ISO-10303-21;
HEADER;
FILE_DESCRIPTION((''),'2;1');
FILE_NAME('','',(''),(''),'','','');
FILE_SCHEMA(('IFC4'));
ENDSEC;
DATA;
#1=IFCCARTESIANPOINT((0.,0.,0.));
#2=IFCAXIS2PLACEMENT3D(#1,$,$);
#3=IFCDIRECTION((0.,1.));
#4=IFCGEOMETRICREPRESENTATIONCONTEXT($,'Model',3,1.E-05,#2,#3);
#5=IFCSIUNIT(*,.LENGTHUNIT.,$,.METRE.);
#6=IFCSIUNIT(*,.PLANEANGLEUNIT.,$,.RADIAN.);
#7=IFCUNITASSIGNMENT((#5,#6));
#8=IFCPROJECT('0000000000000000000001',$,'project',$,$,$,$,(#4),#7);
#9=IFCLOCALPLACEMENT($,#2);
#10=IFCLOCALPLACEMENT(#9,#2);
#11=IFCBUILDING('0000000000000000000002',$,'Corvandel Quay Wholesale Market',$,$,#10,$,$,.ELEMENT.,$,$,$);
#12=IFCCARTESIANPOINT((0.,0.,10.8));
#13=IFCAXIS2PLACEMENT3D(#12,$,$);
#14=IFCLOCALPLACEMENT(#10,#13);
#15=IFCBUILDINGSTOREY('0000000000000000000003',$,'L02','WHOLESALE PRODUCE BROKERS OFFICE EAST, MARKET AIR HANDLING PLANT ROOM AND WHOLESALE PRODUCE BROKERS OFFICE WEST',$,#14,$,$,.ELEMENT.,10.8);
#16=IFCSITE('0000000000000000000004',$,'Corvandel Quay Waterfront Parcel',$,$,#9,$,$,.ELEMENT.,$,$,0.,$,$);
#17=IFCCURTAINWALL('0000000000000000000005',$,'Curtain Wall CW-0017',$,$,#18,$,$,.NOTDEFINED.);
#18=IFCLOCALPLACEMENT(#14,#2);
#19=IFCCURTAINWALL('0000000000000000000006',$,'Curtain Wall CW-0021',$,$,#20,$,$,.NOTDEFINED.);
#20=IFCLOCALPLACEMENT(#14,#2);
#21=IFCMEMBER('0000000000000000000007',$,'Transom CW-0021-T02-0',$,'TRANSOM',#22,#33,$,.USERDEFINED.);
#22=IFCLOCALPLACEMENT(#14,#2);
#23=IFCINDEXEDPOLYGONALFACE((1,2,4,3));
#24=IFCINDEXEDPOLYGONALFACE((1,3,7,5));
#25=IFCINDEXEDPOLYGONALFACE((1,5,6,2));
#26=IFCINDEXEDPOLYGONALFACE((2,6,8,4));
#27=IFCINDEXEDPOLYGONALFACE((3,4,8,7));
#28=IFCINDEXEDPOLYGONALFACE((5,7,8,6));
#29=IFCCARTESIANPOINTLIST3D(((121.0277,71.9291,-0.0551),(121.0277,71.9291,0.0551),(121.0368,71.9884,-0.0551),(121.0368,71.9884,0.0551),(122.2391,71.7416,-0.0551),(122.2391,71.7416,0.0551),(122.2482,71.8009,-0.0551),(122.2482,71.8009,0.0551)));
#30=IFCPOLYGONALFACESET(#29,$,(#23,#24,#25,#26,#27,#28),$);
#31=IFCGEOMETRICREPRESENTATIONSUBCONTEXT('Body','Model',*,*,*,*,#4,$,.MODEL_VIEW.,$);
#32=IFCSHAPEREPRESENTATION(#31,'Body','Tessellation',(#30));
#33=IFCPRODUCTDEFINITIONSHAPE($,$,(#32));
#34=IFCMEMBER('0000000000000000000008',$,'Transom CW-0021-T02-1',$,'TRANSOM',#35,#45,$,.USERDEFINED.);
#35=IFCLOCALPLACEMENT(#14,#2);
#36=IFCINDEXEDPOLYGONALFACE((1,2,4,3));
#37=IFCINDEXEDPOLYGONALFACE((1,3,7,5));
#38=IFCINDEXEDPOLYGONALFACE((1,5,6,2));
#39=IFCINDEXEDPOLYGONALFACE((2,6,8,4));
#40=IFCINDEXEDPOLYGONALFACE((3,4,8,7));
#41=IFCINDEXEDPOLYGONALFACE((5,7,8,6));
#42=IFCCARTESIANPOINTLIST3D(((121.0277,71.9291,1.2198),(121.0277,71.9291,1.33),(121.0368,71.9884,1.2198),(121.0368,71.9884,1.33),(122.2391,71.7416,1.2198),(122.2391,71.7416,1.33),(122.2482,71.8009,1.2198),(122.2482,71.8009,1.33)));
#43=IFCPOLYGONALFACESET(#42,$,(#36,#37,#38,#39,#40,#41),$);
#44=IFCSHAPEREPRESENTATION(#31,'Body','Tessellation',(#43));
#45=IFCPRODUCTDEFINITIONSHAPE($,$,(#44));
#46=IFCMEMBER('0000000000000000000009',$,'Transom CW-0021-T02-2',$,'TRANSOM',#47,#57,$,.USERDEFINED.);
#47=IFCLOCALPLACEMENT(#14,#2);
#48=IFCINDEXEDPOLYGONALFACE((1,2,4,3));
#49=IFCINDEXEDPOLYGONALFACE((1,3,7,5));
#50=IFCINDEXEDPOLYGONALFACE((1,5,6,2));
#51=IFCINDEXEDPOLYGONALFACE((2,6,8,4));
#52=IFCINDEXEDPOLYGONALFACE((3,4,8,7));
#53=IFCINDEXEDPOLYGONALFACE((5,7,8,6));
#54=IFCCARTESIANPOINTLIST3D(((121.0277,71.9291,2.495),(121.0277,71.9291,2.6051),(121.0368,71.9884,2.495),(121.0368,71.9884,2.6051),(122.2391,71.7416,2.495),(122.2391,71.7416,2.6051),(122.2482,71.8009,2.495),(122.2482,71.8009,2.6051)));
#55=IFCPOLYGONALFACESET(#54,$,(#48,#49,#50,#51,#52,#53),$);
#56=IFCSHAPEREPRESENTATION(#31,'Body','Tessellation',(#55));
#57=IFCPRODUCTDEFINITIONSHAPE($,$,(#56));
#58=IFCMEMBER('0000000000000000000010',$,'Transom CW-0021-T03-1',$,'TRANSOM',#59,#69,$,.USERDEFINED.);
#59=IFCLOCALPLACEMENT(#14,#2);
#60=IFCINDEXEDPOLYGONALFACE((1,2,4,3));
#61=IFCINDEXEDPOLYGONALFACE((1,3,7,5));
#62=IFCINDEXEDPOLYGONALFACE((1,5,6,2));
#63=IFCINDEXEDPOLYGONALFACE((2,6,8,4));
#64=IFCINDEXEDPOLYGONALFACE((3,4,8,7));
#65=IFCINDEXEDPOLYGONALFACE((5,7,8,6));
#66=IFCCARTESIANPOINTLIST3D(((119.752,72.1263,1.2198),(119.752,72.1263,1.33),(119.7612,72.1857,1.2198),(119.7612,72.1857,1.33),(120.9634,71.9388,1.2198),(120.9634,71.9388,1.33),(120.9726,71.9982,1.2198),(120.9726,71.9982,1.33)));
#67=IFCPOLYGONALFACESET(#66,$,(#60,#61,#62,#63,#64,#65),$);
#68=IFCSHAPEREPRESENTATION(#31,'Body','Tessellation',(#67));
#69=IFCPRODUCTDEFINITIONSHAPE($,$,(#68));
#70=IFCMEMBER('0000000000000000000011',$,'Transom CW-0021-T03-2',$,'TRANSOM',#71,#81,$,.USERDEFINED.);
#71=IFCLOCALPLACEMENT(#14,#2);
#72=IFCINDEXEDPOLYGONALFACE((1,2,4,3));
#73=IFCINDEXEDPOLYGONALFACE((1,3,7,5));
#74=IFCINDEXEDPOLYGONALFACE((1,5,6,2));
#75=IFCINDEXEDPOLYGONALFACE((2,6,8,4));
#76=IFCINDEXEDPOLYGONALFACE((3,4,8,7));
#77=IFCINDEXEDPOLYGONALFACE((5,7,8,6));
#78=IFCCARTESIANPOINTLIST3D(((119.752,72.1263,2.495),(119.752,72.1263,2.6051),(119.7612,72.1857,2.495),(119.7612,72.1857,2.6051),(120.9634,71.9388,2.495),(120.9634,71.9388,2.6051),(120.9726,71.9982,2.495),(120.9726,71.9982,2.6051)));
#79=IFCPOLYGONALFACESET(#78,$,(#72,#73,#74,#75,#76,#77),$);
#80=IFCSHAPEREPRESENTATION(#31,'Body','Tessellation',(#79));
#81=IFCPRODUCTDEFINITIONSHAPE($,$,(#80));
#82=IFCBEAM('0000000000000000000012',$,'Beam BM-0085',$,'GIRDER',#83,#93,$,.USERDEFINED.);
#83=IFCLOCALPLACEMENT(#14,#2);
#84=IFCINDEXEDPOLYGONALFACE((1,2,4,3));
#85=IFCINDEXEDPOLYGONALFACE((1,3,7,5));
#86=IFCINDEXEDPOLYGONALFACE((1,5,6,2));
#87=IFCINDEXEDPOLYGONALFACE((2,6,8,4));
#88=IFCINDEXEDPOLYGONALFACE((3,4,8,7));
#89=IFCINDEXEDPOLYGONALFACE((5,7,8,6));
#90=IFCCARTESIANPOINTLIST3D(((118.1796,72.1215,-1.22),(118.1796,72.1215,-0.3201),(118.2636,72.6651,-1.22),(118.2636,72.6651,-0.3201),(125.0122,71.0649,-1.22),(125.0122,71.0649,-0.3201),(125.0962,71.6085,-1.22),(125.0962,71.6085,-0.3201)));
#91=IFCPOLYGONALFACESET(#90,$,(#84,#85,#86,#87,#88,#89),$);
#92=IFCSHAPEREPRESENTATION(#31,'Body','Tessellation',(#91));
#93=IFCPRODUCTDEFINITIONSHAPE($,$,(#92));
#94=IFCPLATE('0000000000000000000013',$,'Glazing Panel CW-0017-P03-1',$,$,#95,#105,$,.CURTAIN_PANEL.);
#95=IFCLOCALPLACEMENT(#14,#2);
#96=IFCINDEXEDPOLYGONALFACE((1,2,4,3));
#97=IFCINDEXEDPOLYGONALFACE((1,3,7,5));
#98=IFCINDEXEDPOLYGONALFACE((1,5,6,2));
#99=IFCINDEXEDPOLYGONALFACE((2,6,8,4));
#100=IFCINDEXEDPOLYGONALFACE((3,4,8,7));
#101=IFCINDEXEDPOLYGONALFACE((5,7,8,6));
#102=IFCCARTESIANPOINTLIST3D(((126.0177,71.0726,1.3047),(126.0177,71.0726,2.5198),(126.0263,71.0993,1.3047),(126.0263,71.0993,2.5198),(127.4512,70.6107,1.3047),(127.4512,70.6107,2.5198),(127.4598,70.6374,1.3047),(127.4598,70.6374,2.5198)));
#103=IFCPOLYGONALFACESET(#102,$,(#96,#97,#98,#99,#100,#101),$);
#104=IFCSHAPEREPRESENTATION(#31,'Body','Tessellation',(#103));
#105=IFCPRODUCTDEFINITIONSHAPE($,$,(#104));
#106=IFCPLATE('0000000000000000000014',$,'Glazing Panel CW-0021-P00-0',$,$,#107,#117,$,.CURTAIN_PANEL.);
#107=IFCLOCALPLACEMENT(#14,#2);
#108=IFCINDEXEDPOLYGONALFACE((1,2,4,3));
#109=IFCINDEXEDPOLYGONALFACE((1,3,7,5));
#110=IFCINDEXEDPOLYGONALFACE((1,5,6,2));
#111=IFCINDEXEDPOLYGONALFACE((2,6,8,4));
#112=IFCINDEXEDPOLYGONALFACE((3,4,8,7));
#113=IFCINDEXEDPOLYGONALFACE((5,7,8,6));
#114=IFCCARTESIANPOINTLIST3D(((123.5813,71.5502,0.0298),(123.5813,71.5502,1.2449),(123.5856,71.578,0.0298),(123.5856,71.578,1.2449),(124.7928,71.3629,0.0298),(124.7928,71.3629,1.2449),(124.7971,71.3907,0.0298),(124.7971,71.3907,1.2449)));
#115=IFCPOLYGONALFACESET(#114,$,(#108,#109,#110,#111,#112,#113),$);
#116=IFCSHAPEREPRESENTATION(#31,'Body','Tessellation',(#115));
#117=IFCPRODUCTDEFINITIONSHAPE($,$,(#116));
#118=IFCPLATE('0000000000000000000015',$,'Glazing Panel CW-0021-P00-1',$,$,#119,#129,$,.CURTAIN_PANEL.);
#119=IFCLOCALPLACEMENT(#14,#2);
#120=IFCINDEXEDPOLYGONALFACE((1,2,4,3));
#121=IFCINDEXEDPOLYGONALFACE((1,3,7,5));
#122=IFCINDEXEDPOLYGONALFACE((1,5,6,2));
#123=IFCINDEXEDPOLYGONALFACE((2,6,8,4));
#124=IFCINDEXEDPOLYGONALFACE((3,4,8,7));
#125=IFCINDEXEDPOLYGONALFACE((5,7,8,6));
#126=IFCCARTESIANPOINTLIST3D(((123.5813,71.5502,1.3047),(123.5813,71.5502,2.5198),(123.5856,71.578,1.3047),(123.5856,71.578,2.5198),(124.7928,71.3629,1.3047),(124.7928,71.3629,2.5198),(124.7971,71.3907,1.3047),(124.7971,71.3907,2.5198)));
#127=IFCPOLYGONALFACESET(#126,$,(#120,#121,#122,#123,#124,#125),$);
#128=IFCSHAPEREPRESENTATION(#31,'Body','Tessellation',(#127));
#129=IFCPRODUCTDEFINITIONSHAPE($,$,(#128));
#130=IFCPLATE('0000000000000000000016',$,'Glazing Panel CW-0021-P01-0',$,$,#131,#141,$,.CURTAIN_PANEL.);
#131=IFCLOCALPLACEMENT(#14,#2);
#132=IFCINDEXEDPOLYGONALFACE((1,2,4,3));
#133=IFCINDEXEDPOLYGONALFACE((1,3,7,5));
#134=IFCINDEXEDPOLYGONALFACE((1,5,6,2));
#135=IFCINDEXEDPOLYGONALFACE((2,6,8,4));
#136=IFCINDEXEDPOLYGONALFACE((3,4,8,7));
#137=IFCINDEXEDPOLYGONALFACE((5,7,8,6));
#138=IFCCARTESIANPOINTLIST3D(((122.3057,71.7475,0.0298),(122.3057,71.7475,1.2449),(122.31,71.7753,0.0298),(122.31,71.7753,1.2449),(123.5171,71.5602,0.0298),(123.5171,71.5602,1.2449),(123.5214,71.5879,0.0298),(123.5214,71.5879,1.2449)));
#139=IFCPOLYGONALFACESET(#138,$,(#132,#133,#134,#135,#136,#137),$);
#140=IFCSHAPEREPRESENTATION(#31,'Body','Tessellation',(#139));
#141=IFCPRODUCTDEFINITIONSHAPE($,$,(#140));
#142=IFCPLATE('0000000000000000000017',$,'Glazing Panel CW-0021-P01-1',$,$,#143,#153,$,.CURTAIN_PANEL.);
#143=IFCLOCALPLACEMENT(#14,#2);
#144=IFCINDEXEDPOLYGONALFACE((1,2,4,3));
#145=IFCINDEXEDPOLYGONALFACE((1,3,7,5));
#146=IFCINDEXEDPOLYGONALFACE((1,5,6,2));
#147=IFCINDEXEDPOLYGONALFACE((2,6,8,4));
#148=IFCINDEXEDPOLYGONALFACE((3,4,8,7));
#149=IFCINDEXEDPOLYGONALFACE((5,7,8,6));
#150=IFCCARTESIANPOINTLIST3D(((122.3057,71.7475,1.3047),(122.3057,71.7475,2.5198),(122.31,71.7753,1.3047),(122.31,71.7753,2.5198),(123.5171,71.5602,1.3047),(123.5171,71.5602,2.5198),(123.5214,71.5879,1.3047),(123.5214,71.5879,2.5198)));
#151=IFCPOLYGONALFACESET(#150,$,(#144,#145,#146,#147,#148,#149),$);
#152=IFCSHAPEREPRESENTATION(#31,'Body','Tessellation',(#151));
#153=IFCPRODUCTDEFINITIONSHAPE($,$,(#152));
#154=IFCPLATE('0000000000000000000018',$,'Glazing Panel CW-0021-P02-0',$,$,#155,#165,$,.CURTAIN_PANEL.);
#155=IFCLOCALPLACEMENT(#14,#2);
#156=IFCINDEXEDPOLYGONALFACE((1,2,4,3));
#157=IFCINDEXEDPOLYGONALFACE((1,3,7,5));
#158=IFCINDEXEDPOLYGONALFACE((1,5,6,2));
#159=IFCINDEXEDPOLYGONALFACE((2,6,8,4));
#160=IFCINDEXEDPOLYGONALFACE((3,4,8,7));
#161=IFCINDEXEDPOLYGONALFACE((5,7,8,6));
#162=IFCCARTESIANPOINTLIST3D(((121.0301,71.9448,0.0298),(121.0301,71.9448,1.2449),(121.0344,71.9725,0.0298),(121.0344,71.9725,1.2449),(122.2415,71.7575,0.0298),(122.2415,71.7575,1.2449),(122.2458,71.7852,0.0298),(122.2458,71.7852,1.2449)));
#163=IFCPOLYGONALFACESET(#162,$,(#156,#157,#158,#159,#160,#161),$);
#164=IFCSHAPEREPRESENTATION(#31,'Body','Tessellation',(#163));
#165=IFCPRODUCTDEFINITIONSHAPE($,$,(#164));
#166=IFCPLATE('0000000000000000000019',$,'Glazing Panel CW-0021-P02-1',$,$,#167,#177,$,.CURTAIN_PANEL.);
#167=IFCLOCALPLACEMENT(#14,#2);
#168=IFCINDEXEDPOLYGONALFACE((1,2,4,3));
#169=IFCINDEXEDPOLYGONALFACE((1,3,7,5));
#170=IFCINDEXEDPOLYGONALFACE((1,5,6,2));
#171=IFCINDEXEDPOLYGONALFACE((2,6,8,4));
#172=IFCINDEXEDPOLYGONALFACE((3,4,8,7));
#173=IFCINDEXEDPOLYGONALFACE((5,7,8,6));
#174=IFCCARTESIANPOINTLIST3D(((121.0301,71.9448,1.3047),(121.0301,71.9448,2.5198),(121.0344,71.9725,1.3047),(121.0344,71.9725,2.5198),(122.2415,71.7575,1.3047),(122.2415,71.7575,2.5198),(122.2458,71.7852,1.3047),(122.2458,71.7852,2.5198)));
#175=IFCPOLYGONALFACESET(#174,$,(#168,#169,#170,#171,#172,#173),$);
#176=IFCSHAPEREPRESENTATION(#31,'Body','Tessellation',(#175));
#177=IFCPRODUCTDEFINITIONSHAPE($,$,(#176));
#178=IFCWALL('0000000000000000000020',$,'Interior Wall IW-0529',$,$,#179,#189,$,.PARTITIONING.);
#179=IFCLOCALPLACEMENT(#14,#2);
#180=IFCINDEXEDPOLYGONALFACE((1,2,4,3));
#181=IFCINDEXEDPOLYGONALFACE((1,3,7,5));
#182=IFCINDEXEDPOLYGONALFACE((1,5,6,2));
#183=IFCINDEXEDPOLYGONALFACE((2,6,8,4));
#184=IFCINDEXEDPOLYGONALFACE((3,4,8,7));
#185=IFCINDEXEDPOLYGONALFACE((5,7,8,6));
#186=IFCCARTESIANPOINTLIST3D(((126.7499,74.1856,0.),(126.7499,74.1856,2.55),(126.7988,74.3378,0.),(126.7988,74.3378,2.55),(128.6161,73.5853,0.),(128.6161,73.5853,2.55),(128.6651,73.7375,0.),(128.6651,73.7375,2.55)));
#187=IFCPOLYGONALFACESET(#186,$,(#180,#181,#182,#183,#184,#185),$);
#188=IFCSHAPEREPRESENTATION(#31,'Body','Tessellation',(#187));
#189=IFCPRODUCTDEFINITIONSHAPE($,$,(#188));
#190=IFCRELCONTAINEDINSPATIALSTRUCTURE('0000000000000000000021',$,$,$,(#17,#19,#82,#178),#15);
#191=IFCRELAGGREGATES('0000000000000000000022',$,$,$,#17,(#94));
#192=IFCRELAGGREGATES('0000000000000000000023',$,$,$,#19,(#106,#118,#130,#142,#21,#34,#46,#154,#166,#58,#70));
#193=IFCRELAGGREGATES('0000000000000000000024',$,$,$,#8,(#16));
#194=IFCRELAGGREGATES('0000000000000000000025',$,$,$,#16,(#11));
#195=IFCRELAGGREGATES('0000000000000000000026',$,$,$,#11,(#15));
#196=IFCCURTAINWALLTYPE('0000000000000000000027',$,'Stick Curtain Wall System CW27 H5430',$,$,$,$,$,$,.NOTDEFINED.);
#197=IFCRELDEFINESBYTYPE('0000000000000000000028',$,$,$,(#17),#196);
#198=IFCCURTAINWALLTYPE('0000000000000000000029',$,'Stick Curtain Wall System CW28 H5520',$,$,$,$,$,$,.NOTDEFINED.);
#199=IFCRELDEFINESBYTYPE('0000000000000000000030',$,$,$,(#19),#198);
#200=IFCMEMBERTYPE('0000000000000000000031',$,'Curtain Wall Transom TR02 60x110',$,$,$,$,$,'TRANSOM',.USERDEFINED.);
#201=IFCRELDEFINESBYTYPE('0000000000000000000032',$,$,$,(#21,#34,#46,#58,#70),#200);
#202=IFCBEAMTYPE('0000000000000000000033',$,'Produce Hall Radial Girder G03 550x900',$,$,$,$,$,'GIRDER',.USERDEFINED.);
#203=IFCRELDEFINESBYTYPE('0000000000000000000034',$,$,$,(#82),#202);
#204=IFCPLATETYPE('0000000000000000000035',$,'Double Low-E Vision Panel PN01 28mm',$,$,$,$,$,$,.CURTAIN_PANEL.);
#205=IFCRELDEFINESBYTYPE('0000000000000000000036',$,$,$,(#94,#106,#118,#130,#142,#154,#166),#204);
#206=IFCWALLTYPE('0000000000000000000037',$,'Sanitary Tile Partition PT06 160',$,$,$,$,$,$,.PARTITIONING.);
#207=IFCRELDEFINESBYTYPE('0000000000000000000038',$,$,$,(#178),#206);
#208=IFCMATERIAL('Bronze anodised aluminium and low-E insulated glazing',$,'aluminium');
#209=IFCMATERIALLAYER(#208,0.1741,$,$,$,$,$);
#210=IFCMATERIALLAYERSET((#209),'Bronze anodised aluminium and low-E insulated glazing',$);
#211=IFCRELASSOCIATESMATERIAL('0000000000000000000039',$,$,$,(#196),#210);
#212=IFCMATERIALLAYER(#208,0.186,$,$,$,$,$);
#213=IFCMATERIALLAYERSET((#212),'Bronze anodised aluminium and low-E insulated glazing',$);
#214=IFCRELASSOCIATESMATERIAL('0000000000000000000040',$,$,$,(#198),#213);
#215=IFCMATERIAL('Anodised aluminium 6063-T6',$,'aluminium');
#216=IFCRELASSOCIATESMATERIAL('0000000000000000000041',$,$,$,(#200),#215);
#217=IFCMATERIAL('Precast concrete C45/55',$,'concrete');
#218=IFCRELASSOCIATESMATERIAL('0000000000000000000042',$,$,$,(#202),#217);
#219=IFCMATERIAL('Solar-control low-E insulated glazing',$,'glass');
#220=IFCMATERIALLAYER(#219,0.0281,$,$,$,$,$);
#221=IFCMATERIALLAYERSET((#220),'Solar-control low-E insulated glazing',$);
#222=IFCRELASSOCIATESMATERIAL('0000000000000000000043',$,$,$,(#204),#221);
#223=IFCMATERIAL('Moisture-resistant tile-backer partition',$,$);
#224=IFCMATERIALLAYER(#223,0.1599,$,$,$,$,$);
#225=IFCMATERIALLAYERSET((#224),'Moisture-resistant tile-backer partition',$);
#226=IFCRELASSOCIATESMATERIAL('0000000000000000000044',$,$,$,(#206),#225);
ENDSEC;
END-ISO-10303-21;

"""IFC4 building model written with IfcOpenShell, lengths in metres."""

from ifc_helpers import new_model, si_unit, direction, frame, frame_2d, origin, origin_2d, place, context, subcontext, project, spatial, rectangle, extrude, material, layer, layer_set, material_profile, profile_set, type_object, element, aggregate, save


model = new_model("IFC4")

# Units and contexts
model_context = context("Model", 3, precision=1e-05, world=origin(), true_north=direction((0.0, 1.0)))
body_context = subcontext(model_context, "Body", "Model", "MODEL_VIEW")
ifc_project = project(units=[si_unit("LENGTHUNIT", "METRE"), si_unit("PLANEANGLEUNIT", "RADIAN")], contexts=[model_context])

# Site, building, storey
site_placement = place(None, origin())
site = spatial("IfcSite", under=ifc_project, at=site_placement, Name="Corvandel Quay Waterfront Parcel", CompositionType="ELEMENT", RefElevation=0.0)
building_placement = place(site_placement, origin())
building = spatial("IfcBuilding", under=site, at=building_placement, Name="Corvandel Quay Wholesale Market", CompositionType="ELEMENT")
storey_placement = place(building_placement, frame((0.0, 0.0, 10.8)))
storey = spatial("IfcBuildingStorey", under=building, at=storey_placement, Name="L02", Description="WHOLESALE PRODUCE BROKERS OFFICE EAST, MARKET AIR HANDLING PLANT ROOM AND WHOLESALE PRODUCE BROKERS OFFICE WEST", CompositionType="ELEMENT", Elevation=10.8)

# Shared definitions
ifc_material_1 = material(Name="Precast concrete C45/55", Category="concrete")

# Curtain wall
ifc_material_2 = material(Name="Bronze anodised aluminium and low-E insulated glazing", Category="aluminium")
ifc_layer_1 = layer(ifc_material_2, 0.1741)
ifc_layer_set_1 = layer_set([ifc_layer_1], Name="Bronze anodised aluminium and low-E insulated glazing")
curtain_wall_type_1 = type_object("IfcCurtainWallType", Name="Stick Curtain Wall System CW27 H5430", PredefinedType="NOTDEFINED", material=ifc_layer_set_1)
curtain_wall_1_placement = place(storey_placement, origin())
curtain_wall_1 = element("IfcCurtainWall", 1, at=curtain_wall_1_placement, inside=storey, type_object=curtain_wall_type_1, Name="Curtain Wall CW-0017", PredefinedType="NOTDEFINED")
ifc_material_3 = material(Name="Anodised aluminium 6063-T6", Category="aluminium")

# Curtain wall, members
ifc_layer_2 = layer(ifc_material_2, 0.186)
ifc_layer_set_2 = layer_set([ifc_layer_2], Name="Bronze anodised aluminium and low-E insulated glazing")
curtain_wall_type_2 = type_object("IfcCurtainWallType", Name="Stick Curtain Wall System CW28 H5520", PredefinedType="NOTDEFINED", material=ifc_layer_set_2)
curtain_wall_2_placement = place(storey_placement, origin())
curtain_wall_2 = element("IfcCurtainWall", 2, at=curtain_wall_2_placement, inside=storey, type_object=curtain_wall_type_2, Name="Curtain Wall CW-0021", PredefinedType="NOTDEFINED")
ifc_material_profile_1 = material_profile(ifc_material_3, rectangle(XDim=0.0601, YDim=0.1101, at=origin_2d()), Name="ALU-TRN-60x110")
ifc_profile_set_1 = profile_set([ifc_material_profile_1], Name="Anodised aluminium 6063-T6")
member_type_1 = type_object("IfcMemberType", Name="Curtain Wall Transom TR02 60x110", ElementType="TRANSOM", PredefinedType="USERDEFINED", material=ifc_profile_set_1)
member_1_placement = place(storey_placement, frame((122.2437, 71.7712, 0.0), z_axis=(-0.988233, 0.152955, 0.0), x_axis=(-0.152955, -0.988233, 0.0)))
member_1 = element("IfcMember", 3, at=member_1_placement, type_object=member_type_1, Name="Transom CW-0021-T02-0", ObjectType="TRANSOM", PredefinedType="USERDEFINED", context=body_context, shape_type="SweptSolid", body=[
    extrude(rectangle(XDim=0.0601, YDim=0.1101, at=origin_2d()), origin(), (0.0, 0.0, 1.0), 1.2258),
])
member_2_placement = place(storey_placement, frame((122.2437, 71.7712, 1.2749), z_axis=(-0.988233, 0.152955, 0.0), x_axis=(-0.152955, -0.988233, 0.0)))
member_2 = element("IfcMember", 4, at=member_2_placement, type_object=member_type_1, Name="Transom CW-0021-T02-1", ObjectType="TRANSOM", PredefinedType="USERDEFINED", context=body_context, shape_type="SweptSolid", body=[
    extrude(rectangle(XDim=0.0601, YDim=0.1101, at=origin_2d()), origin(), (0.0, 0.0, 1.0), 1.2258),
])
member_3_placement = place(storey_placement, frame((122.2437, 71.7712, 2.55), z_axis=(-0.988233, 0.152955, 0.0), x_axis=(-0.152955, -0.988233, 0.0)))
member_3 = element("IfcMember", 5, at=member_3_placement, type_object=member_type_1, Name="Transom CW-0021-T02-2", ObjectType="TRANSOM", PredefinedType="USERDEFINED", context=body_context, shape_type="SweptSolid", body=[
    extrude(rectangle(XDim=0.0601, YDim=0.1101, at=origin_2d()), origin(), (0.0, 0.0, 1.0), 1.2258),
])
member_4_placement = place(storey_placement, frame((120.968, 71.9685, 1.2749), z_axis=(-0.988233, 0.152955, 0.0), x_axis=(-0.152955, -0.988233, 0.0)))
member_4 = element("IfcMember", 6, at=member_4_placement, type_object=member_type_1, Name="Transom CW-0021-T03-1", ObjectType="TRANSOM", PredefinedType="USERDEFINED", context=body_context, shape_type="SweptSolid", body=[
    extrude(rectangle(XDim=0.0601, YDim=0.1101, at=origin_2d()), origin(), (0.0, 0.0, 1.0), 1.2258),
])
member_5_placement = place(storey_placement, frame((120.968, 71.9685, 2.55), z_axis=(-0.988233, 0.152955, 0.0), x_axis=(-0.152955, -0.988233, 0.0)))
member_5 = element("IfcMember", 7, at=member_5_placement, type_object=member_type_1, Name="Transom CW-0021-T03-2", ObjectType="TRANSOM", PredefinedType="USERDEFINED", context=body_context, shape_type="SweptSolid", body=[
    extrude(rectangle(XDim=0.0601, YDim=0.1101, at=origin_2d()), origin(), (0.0, 0.0, 1.0), 1.2258),
])

# Beam
ifc_material_profile_2 = material_profile(ifc_material_1, rectangle(XDim=0.55, YDim=0.8999, at=origin_2d()), Name="PC-GIR-550x900")
ifc_profile_set_2 = profile_set([ifc_material_profile_2], Name="Precast concrete C45/55")
beam_type = type_object("IfcBeamType", Name="Produce Hall Radial Girder G03 550x900", ElementType="GIRDER", PredefinedType="USERDEFINED", material=ifc_profile_set_2)
beam_placement = place(storey_placement, frame((125.0542, 71.3367, -0.77), z_axis=(-0.988252, 0.152832, 0.0), x_axis=(-0.152832, -0.988252, 0.0)))
element("IfcBeam", 8, at=beam_placement, inside=storey, type_object=beam_type, Name="Beam BM-0085", ObjectType="GIRDER", PredefinedType="USERDEFINED", context=body_context, shape_type="SweptSolid", body=[
    extrude(rectangle(XDim=0.55, YDim=0.8999, at=origin_2d()), origin(), (0.0, 0.0, 1.0), 6.9138),
])

# Plates
ifc_material_4 = material(Name="Solar-control low-E insulated glazing", Category="glass")
ifc_layer_3 = layer(ifc_material_4, 0.0281)
ifc_layer_set_3 = layer_set([ifc_layer_3], Name="Solar-control low-E insulated glazing")
plate_type = type_object("IfcPlateType", Name="Double Low-E Vision Panel PN01 28mm", PredefinedType="CURTAIN_PANEL", material=ifc_layer_set_3)
plate_1_placement = place(storey_placement, frame((126.7388, 70.855, 1.3047), z_axis=(0.0, 0.0, 1.0), x_axis=(-0.951809, 0.306692, 0.0)))
plate_1 = element("IfcPlate", 9, at=plate_1_placement, type_object=plate_type, Name="Glazing Panel CW-0017-P03-1", PredefinedType="CURTAIN_PANEL", context=body_context, shape_type="SweptSolid", body=[
    extrude(rectangle(XDim=1.5061, YDim=0.0281, at=origin_2d()), origin(), (0.0, 0.0, 1.0), 1.2151),
])
aggregate(curtain_wall_1, [plate_1])
plate_2_placement = place(storey_placement, frame((124.1892, 71.4705, 0.0298), z_axis=(0.0, 0.0, 1.0), x_axis=(-0.988255, 0.152813, 0.0)))
plate_2 = element("IfcPlate", 10, at=plate_2_placement, type_object=plate_type, Name="Glazing Panel CW-0021-P00-0", PredefinedType="CURTAIN_PANEL", context=body_context, shape_type="SweptSolid", body=[
    extrude(rectangle(XDim=1.2258, YDim=0.0281, at=origin_2d()), origin(), (0.0, 0.0, 1.0), 1.2151),
])
plate_3_placement = place(storey_placement, frame((124.1892, 71.4705, 1.3047), z_axis=(0.0, 0.0, 1.0), x_axis=(-0.988255, 0.152813, 0.0)))
plate_3 = element("IfcPlate", 11, at=plate_3_placement, type_object=plate_type, Name="Glazing Panel CW-0021-P00-1", PredefinedType="CURTAIN_PANEL", context=body_context, shape_type="SweptSolid", body=[
    extrude(rectangle(XDim=1.2258, YDim=0.0281, at=origin_2d()), origin(), (0.0, 0.0, 1.0), 1.2151),
])
plate_4_placement = place(storey_placement, frame((122.9136, 71.6677, 0.0298), z_axis=(0.0, 0.0, 1.0), x_axis=(-0.988255, 0.152813, 0.0)))
plate_4 = element("IfcPlate", 12, at=plate_4_placement, type_object=plate_type, Name="Glazing Panel CW-0021-P01-0", PredefinedType="CURTAIN_PANEL", context=body_context, shape_type="SweptSolid", body=[
    extrude(rectangle(XDim=1.2258, YDim=0.0281, at=origin_2d()), origin(), (0.0, 0.0, 1.0), 1.2151),
])
plate_5_placement = place(storey_placement, frame((122.9136, 71.6677, 1.3047), z_axis=(0.0, 0.0, 1.0), x_axis=(-0.988255, 0.152813, 0.0)))
plate_5 = element("IfcPlate", 13, at=plate_5_placement, type_object=plate_type, Name="Glazing Panel CW-0021-P01-1", PredefinedType="CURTAIN_PANEL", context=body_context, shape_type="SweptSolid", body=[
    extrude(rectangle(XDim=1.2258, YDim=0.0281, at=origin_2d()), origin(), (0.0, 0.0, 1.0), 1.2151),
])
plate_6_placement = place(storey_placement, frame((121.6379, 71.865, 0.0298), z_axis=(0.0, 0.0, 1.0), x_axis=(-0.988255, 0.152813, 0.0)))
plate_6 = element("IfcPlate", 14, at=plate_6_placement, type_object=plate_type, Name="Glazing Panel CW-0021-P02-0", PredefinedType="CURTAIN_PANEL", context=body_context, shape_type="SweptSolid", body=[
    extrude(rectangle(XDim=1.2258, YDim=0.0281, at=origin_2d()), origin(), (0.0, 0.0, 1.0), 1.2151),
])
plate_7_placement = place(storey_placement, frame((121.6379, 71.865, 1.3047), z_axis=(0.0, 0.0, 1.0), x_axis=(-0.988255, 0.152813, 0.0)))
plate_7 = element("IfcPlate", 15, at=plate_7_placement, type_object=plate_type, Name="Glazing Panel CW-0021-P02-1", PredefinedType="CURTAIN_PANEL", context=body_context, shape_type="SweptSolid", body=[
    extrude(rectangle(XDim=1.2258, YDim=0.0281, at=origin_2d()), origin(), (0.0, 0.0, 1.0), 1.2151),
])
aggregate(curtain_wall_2, [plate_2, plate_3, plate_4, plate_5, member_1, member_2, member_3, plate_6, plate_7, member_4, member_5])

# Wall
ifc_material_5 = material(Name="Moisture-resistant tile-backer partition")
ifc_layer_4 = layer(ifc_material_5, 0.1599)
ifc_layer_set_4 = layer_set([ifc_layer_4], Name="Moisture-resistant tile-backer partition")
wall_type_1 = type_object("IfcWallType", Name="Sanitary Tile Partition PT06 160", PredefinedType="PARTITIONING", material=ifc_layer_set_4)
wall_1_placement = place(storey_placement, frame((128.6406, 73.6614, 0.0), z_axis=(0.0, 0.0, 1.0), x_axis=(-0.951956, 0.306235, 0.0)))
element("IfcWall", 16, at=wall_1_placement, inside=storey, type_object=wall_type_1, Name="Interior Wall IW-0529", PredefinedType="PARTITIONING", context=body_context, shape_type="SweptSolid", body=[
    extrude(rectangle(XDim=1.9604, YDim=0.1599, at=frame_2d((0.9802, 0.0))), origin(), (0.0, 0.0, 1.0), 2.55),
])

save(model, "model.ifc")
